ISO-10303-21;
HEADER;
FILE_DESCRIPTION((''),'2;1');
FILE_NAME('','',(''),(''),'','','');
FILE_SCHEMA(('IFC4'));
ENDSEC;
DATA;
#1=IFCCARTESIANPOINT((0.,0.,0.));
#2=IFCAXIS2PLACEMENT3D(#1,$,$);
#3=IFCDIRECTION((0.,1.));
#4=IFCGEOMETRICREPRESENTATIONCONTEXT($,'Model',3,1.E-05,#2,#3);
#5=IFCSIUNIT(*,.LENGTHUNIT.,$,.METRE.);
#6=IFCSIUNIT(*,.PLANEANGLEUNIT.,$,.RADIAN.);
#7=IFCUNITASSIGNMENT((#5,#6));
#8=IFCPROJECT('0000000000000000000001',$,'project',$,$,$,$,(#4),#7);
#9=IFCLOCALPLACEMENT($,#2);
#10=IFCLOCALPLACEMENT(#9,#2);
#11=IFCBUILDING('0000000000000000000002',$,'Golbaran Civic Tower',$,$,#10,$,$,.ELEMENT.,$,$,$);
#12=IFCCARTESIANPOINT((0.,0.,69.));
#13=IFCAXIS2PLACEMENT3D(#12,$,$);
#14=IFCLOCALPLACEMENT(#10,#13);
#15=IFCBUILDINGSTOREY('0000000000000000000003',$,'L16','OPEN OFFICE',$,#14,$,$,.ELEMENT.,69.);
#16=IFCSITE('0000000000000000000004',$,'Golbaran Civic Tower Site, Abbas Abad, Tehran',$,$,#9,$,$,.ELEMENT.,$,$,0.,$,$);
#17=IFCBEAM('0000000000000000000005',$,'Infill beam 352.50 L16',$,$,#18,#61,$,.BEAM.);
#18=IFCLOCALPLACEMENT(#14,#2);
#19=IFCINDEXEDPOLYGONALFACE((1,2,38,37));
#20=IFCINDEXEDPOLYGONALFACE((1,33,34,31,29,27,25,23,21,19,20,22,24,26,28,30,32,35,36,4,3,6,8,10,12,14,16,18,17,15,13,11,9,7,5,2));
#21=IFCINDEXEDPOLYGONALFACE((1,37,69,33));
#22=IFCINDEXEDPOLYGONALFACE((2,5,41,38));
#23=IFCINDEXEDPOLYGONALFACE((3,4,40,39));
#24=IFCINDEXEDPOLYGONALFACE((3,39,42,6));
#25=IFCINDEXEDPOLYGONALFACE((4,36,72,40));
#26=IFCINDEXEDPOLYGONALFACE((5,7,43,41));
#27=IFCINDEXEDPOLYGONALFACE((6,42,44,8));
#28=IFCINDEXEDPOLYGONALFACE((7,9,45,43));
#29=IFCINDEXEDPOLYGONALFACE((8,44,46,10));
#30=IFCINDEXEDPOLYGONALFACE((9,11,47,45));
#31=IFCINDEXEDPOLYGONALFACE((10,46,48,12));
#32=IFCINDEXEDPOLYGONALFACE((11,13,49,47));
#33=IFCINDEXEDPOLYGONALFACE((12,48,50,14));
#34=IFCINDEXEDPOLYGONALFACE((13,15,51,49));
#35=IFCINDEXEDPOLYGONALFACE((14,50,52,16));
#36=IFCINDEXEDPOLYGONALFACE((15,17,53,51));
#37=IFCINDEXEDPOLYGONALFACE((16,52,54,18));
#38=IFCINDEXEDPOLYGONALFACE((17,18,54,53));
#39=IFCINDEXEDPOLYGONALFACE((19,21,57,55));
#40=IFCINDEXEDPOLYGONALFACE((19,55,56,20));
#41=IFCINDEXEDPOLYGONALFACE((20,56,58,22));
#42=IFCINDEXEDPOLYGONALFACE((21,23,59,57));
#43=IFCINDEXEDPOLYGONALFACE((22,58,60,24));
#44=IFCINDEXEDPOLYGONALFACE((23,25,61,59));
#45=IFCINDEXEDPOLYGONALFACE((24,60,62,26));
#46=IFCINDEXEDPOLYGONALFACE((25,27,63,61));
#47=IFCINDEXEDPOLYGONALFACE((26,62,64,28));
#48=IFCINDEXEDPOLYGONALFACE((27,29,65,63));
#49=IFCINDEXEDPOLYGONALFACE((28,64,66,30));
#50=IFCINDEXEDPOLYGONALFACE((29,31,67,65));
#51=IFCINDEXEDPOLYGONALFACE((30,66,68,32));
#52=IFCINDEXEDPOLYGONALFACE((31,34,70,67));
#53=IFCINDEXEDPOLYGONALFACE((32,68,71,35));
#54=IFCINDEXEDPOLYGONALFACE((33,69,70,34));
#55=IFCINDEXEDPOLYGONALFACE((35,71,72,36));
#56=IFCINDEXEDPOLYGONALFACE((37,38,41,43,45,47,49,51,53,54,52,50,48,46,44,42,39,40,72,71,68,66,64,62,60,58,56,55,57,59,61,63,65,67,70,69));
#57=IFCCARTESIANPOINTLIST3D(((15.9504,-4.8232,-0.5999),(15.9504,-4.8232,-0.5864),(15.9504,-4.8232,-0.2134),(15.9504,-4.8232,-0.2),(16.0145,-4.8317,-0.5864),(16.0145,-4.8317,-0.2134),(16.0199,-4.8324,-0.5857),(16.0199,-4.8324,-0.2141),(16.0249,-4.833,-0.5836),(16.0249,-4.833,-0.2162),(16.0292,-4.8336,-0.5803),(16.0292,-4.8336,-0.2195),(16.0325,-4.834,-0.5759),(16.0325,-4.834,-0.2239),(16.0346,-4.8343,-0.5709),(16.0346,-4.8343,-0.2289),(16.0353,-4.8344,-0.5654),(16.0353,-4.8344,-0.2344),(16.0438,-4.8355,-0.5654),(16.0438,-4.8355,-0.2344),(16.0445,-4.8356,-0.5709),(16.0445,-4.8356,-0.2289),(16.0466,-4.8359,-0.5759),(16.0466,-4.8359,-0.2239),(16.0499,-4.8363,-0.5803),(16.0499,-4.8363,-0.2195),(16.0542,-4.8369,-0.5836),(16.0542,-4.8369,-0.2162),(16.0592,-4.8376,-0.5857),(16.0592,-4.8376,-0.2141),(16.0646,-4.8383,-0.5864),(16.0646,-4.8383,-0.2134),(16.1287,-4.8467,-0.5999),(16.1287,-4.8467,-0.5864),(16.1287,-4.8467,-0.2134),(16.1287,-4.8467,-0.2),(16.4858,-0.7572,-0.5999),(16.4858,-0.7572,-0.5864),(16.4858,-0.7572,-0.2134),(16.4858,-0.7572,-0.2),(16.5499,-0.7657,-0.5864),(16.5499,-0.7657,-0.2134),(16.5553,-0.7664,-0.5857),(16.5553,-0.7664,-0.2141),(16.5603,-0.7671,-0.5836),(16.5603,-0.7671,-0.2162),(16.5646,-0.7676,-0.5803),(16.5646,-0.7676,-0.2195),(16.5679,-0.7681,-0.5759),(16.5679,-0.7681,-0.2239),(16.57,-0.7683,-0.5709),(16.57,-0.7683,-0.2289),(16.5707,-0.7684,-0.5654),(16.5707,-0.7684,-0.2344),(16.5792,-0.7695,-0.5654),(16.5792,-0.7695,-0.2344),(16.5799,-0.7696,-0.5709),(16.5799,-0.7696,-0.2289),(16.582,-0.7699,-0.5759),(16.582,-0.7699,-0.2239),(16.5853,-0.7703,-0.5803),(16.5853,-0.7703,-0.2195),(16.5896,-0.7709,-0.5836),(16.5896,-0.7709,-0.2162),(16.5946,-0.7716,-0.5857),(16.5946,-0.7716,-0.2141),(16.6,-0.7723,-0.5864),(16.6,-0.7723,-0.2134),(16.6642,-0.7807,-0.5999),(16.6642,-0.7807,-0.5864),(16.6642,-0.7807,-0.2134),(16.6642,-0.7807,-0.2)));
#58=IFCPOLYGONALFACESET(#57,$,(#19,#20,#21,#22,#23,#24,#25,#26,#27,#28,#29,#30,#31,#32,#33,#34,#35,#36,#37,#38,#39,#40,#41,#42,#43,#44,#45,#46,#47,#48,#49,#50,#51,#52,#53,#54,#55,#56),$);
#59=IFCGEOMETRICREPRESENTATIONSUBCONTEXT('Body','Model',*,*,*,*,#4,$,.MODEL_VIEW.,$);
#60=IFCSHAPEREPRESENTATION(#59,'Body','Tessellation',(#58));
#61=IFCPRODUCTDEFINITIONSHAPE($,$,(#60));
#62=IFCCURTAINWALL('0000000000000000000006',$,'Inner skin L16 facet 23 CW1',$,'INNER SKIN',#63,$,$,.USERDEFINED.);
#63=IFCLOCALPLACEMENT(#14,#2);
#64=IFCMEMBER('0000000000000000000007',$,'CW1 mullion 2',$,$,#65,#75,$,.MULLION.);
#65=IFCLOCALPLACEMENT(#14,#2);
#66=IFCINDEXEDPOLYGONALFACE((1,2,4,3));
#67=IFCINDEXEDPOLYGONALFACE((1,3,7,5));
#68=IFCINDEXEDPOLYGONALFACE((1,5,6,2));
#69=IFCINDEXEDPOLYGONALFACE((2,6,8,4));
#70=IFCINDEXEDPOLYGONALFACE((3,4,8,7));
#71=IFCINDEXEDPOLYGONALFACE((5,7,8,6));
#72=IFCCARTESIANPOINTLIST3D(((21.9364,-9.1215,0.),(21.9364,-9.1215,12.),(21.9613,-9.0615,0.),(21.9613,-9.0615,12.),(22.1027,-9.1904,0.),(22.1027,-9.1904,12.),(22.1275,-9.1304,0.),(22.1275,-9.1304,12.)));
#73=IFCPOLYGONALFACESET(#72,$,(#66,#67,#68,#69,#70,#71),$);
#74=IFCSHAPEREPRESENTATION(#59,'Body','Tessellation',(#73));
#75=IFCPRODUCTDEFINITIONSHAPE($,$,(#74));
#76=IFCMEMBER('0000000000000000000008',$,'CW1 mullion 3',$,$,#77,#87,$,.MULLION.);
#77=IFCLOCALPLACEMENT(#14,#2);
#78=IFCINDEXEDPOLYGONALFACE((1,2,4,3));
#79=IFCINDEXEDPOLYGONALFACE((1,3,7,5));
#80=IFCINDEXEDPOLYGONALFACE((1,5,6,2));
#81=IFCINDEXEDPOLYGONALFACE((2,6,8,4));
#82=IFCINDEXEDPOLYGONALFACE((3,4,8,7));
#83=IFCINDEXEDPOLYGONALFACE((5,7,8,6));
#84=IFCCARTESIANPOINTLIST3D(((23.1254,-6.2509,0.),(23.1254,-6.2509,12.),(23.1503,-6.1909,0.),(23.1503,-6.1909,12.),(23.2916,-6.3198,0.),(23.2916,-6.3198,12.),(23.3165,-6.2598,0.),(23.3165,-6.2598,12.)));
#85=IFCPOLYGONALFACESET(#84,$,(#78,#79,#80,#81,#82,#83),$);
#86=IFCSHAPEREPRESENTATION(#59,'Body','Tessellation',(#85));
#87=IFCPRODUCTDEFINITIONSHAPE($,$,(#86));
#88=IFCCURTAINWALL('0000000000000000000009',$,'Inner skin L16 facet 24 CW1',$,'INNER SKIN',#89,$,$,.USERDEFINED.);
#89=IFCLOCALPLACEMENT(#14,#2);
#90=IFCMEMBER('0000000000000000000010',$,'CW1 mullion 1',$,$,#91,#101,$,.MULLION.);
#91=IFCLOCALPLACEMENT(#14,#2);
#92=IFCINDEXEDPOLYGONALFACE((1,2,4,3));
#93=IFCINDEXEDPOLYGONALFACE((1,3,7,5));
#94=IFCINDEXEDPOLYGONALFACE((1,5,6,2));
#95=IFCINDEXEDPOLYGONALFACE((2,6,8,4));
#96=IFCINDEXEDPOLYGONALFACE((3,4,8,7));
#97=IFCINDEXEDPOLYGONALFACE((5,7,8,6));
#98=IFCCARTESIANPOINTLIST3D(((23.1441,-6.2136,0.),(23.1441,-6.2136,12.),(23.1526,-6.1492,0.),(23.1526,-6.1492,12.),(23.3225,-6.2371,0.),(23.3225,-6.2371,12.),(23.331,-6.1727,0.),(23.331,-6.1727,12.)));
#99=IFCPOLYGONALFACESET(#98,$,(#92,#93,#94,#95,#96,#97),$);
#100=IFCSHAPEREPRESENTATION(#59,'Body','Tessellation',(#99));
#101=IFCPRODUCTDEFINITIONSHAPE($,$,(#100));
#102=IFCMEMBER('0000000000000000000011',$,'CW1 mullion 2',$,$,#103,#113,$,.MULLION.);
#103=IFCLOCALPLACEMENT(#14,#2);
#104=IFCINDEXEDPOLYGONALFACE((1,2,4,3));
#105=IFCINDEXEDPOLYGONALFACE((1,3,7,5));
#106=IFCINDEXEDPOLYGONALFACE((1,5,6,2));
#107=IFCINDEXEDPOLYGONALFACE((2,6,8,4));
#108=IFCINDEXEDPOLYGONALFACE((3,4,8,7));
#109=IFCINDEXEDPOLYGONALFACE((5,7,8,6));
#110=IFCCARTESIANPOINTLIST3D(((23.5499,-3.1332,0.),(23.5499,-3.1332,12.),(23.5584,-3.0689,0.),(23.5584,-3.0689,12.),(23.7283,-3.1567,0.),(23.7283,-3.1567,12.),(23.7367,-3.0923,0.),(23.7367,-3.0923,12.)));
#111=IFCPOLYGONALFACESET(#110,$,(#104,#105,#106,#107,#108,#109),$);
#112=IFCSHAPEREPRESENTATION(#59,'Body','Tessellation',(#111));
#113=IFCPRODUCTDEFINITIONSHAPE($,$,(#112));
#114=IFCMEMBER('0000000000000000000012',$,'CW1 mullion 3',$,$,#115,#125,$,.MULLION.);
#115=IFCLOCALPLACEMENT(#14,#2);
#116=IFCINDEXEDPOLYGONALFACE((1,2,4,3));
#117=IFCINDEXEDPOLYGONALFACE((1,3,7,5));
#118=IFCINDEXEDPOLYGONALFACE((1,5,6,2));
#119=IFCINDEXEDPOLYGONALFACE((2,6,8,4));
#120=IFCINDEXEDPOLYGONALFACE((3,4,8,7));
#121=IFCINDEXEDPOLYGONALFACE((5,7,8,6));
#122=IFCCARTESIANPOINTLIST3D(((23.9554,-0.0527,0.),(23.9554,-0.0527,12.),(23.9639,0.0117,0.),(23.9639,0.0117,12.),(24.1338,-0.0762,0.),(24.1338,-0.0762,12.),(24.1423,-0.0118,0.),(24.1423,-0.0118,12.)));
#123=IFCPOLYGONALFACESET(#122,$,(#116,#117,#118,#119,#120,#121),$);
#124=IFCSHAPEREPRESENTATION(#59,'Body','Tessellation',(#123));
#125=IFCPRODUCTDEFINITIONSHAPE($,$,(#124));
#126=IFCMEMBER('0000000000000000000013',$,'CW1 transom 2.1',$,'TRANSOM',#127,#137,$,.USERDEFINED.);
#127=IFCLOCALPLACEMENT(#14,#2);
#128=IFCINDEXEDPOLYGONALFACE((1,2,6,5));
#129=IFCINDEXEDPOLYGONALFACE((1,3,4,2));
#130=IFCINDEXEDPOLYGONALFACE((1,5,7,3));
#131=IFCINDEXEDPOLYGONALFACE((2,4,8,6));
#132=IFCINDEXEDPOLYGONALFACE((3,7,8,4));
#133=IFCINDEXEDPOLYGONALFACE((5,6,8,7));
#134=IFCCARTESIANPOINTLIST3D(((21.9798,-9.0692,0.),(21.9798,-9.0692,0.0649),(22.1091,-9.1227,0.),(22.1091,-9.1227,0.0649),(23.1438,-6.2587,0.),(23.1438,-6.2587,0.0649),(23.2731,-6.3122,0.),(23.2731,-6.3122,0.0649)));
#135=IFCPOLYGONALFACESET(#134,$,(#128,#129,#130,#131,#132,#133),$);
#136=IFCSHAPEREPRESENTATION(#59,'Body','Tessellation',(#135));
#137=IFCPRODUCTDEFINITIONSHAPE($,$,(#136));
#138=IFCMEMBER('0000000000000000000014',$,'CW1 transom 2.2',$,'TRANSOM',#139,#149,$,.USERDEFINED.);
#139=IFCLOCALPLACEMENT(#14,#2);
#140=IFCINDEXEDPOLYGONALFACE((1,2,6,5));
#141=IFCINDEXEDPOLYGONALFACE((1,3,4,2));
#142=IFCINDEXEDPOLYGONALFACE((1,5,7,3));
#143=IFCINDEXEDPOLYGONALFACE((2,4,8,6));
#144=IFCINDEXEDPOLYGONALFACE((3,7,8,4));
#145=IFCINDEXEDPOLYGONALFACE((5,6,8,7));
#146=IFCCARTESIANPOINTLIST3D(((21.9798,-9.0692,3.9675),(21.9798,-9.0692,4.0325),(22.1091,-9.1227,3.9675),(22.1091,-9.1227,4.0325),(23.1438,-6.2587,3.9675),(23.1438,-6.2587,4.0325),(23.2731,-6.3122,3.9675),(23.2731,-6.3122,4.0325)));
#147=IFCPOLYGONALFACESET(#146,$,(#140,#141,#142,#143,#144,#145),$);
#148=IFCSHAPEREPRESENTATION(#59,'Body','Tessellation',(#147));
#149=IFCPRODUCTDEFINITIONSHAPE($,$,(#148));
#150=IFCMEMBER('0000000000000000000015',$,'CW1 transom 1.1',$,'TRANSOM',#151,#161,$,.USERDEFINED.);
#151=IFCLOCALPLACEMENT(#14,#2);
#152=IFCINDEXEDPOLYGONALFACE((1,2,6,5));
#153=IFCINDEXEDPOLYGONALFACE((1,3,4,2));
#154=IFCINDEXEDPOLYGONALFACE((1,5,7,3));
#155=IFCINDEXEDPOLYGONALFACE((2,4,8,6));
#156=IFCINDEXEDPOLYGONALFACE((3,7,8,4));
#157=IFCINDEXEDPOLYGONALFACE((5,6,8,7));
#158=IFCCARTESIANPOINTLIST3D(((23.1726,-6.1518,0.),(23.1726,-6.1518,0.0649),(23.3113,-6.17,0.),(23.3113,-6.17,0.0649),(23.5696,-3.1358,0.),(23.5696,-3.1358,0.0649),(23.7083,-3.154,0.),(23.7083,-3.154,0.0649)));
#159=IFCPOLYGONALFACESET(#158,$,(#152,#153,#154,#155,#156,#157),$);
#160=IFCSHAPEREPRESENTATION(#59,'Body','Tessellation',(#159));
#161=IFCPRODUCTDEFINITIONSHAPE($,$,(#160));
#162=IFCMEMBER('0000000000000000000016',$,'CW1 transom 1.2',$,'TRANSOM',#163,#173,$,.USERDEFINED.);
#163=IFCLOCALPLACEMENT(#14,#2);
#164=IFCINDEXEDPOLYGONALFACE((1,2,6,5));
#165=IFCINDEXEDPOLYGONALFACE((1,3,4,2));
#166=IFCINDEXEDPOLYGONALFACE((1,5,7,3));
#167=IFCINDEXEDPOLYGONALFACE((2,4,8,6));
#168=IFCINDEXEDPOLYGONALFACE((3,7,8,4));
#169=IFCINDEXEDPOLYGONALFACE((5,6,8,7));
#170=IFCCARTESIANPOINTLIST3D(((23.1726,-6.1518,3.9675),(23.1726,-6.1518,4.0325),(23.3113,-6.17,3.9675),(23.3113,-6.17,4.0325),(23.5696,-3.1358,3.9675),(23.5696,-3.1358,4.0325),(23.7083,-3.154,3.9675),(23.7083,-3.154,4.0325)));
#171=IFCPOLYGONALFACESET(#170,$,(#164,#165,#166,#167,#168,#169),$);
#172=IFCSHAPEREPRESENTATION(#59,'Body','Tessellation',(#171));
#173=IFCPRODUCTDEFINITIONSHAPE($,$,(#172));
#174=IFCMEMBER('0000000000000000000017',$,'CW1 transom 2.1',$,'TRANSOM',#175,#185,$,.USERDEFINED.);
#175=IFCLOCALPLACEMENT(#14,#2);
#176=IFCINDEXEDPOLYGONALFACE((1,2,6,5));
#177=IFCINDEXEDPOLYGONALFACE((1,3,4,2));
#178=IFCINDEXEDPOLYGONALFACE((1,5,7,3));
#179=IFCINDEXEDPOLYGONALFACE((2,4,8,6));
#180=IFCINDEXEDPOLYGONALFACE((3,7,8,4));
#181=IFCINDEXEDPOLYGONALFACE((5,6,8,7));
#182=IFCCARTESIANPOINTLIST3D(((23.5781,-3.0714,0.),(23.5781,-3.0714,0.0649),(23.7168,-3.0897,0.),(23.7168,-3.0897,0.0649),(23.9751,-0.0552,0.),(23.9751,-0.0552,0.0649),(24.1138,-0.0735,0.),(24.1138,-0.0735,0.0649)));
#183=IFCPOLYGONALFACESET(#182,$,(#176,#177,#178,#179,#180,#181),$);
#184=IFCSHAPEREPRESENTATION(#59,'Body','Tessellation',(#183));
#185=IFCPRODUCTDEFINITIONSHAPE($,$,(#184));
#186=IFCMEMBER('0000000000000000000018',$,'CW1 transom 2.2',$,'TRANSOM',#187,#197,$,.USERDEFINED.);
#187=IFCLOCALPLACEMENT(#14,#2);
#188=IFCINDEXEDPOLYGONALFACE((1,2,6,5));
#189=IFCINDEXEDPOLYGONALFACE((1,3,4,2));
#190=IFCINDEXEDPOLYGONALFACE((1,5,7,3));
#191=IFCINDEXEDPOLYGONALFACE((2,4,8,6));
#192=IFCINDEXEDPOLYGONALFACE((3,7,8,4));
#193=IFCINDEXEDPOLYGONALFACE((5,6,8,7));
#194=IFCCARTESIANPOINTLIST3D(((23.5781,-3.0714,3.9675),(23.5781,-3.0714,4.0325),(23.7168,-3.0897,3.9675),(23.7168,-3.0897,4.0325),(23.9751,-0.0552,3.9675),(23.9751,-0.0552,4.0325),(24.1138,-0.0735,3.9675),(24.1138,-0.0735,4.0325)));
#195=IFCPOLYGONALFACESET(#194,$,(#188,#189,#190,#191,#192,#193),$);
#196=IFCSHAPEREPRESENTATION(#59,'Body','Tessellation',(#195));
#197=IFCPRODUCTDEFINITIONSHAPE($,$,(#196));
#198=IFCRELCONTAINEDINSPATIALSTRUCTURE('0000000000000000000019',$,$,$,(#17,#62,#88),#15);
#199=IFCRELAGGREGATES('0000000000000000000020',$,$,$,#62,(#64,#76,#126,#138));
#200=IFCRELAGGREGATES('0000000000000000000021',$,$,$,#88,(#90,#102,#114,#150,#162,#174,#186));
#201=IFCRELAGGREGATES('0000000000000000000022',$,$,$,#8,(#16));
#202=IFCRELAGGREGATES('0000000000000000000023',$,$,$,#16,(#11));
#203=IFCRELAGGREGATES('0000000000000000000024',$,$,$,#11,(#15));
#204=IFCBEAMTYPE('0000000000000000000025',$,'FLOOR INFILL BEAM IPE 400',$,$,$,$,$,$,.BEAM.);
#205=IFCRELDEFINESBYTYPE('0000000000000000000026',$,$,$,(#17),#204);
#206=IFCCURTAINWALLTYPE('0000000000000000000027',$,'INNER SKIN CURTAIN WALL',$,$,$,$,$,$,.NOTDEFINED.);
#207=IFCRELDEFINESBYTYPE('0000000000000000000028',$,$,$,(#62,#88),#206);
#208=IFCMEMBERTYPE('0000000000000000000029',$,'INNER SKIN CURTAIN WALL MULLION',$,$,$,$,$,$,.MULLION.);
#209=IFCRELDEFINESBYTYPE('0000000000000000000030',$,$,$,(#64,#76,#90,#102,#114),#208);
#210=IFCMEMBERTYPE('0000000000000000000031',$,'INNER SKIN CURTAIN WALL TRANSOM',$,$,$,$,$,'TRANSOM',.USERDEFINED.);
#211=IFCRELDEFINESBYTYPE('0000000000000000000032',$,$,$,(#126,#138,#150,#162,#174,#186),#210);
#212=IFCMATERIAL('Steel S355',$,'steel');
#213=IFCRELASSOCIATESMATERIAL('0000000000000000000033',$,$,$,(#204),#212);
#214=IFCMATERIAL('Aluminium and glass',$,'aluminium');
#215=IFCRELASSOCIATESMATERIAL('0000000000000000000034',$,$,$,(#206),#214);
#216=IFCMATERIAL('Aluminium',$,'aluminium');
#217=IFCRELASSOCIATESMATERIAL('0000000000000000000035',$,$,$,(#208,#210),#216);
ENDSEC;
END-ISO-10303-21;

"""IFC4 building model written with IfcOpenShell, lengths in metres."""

from ifc_helpers import new_model, si_unit, direction, frame, origin, origin_2d, place, context, subcontext, project, spatial, rectangle, i_section, extrude, material, material_profile, profile_set, type_object, element, aggregate, save


model = new_model("IFC4")

# Units and contexts
model_context = context("Model", 3, precision=1e-05, world=origin(), true_north=direction((0.0, 1.0)))
body_context = subcontext(model_context, "Body", "Model", "MODEL_VIEW")
ifc_project = project(units=[si_unit("LENGTHUNIT", "METRE"), si_unit("PLANEANGLEUNIT", "RADIAN")], contexts=[model_context])

# Site, building, storey
site_placement = place(None, origin())
site = spatial("IfcSite", under=ifc_project, at=site_placement, Name="Golbaran Civic Tower Site, Abbas Abad, Tehran", CompositionType="ELEMENT", RefElevation=0.0)
building_placement = place(site_placement, origin())
building = spatial("IfcBuilding", under=site, at=building_placement, Name="Golbaran Civic Tower", CompositionType="ELEMENT")
storey_placement = place(building_placement, frame((0.0, 0.0, 69.0)))
storey = spatial("IfcBuildingStorey", under=building, at=storey_placement, Name="L16", Description="OPEN OFFICE", CompositionType="ELEMENT", Elevation=69.0)

# Shared definitions
ifc_material_1 = material(Name="Steel S355", Category="steel")

# Beam
ifc_material_profile_1 = material_profile(ifc_material_1, i_section(OverallWidth=0.1799, OverallDepth=0.3999, WebThickness=0.0085, FlangeThickness=0.0134, FilletRadius=0.021, at=origin_2d()), Name="IPE 400")
ifc_profile_set_1 = profile_set([ifc_material_profile_1], Name="Steel S355")
beam_type_1 = type_object("IfcBeamType", Name="FLOOR INFILL BEAM IPE 400", PredefinedType="BEAM", material=ifc_profile_set_1)
beam_1_placement = place(storey_placement, frame((16.0396, -4.835, -0.3999), z_axis=(0.130553, 0.991441, 0.0), x_axis=(-0.991441, 0.130553, 0.0)))
element("IfcBeam", 1, at=beam_1_placement, inside=storey, type_object=beam_type_1, Name="Infill beam 352.50 L16", PredefinedType="BEAM", context=body_context, shape_type="SweptSolid", body=[
    extrude(i_section(OverallWidth=0.1799, OverallDepth=0.3999, WebThickness=0.0085, FlangeThickness=0.0134, FilletRadius=0.021, at=origin_2d()), origin(), (0.0, 0.0, 1.0), 4.1011),
])

# Curtain walls, members
ifc_material_2 = material(Name="Aluminium and glass", Category="aluminium")
curtain_wall_type_1 = type_object("IfcCurtainWallType", Name="INNER SKIN CURTAIN WALL", PredefinedType="NOTDEFINED", material=ifc_material_2)
curtain_wall_1_placement = place(storey_placement, origin())
curtain_wall_1 = element("IfcCurtainWall", 2, at=curtain_wall_1_placement, inside=storey, type_object=curtain_wall_type_1, Name="Inner skin L16 facet 23 CW1", ObjectType="INNER SKIN", PredefinedType="USERDEFINED")
ifc_material_3 = material(Name="Aluminium", Category="aluminium")
ifc_material_profile_2 = material_profile(ifc_material_3, rectangle(XDim=0.1799, YDim=0.0649, at=origin_2d()), Name="INNER SKIN CURTAIN WALL MULLION")
ifc_profile_set_2 = profile_set([ifc_material_profile_2], Name="Aluminium")
member_type_1 = type_object("IfcMemberType", Name="INNER SKIN CURTAIN WALL MULLION", PredefinedType="MULLION", material=ifc_profile_set_2)
member_1_placement = place(storey_placement, frame((22.032, -9.126, 0.0), z_axis=(0.0, 0.0, 1.0), x_axis=(-0.92388, 0.382683, 0.0)))
member_1 = element("IfcMember", 3, at=member_1_placement, type_object=member_type_1, Name="CW1 mullion 2", PredefinedType="MULLION", context=body_context, shape_type="SweptSolid", body=[
    extrude(rectangle(XDim=0.1799, YDim=0.0649, at=origin_2d()), origin(), (0.0, 0.0, 1.0), 12.0),
])
member_2_placement = place(storey_placement, frame((23.2209, -6.2554, 0.0), z_axis=(0.0, 0.0, 1.0), x_axis=(-0.92388, 0.382683, 0.0)))
member_2 = element("IfcMember", 4, at=member_2_placement, type_object=member_type_1, Name="CW1 mullion 3", PredefinedType="MULLION", context=body_context, shape_type="SweptSolid", body=[
    extrude(rectangle(XDim=0.1799, YDim=0.0649, at=origin_2d()), origin(), (0.0, 0.0, 1.0), 12.0),
])
curtain_wall_2_placement = place(storey_placement, origin())
curtain_wall_2 = element("IfcCurtainWall", 5, at=curtain_wall_2_placement, inside=storey, type_object=curtain_wall_type_1, Name="Inner skin L16 facet 24 CW1", ObjectType="INNER SKIN", PredefinedType="USERDEFINED")
member_3_placement = place(storey_placement, frame((23.2375, -6.1931, 0.0), z_axis=(0.0, 0.0, 1.0), x_axis=(-0.991445, 0.130526, 0.0)))
member_3 = element("IfcMember", 6, at=member_3_placement, type_object=member_type_1, Name="CW1 mullion 1", PredefinedType="MULLION", context=body_context, shape_type="SweptSolid", body=[
    extrude(rectangle(XDim=0.1799, YDim=0.0649, at=origin_2d()), origin(), (0.0, 0.0, 1.0), 12.0),
])
member_4_placement = place(storey_placement, frame((23.6433, -3.1128, 0.0), z_axis=(0.0, 0.0, 1.0), x_axis=(-0.991445, 0.130526, 0.0)))
member_4 = element("IfcMember", 7, at=member_4_placement, type_object=member_type_1, Name="CW1 mullion 2", PredefinedType="MULLION", context=body_context, shape_type="SweptSolid", body=[
    extrude(rectangle(XDim=0.1799, YDim=0.0649, at=origin_2d()), origin(), (0.0, 0.0, 1.0), 12.0),
])
member_5_placement = place(storey_placement, frame((24.0488, -0.0322, 0.0), z_axis=(0.0, 0.0, 1.0), x_axis=(-0.991445, 0.130526, 0.0)))
member_5 = element("IfcMember", 8, at=member_5_placement, type_object=member_type_1, Name="CW1 mullion 3", PredefinedType="MULLION", context=body_context, shape_type="SweptSolid", body=[
    extrude(rectangle(XDim=0.1799, YDim=0.0649, at=origin_2d()), origin(), (0.0, 0.0, 1.0), 12.0),
])

# Members
ifc_material_profile_3 = material_profile(ifc_material_3, rectangle(XDim=0.1399, YDim=0.0649, at=origin_2d()), Name="INNER SKIN CURTAIN WALL TRANSOM")
ifc_profile_set_3 = profile_set([ifc_material_profile_3], Name="Aluminium")
member_type_2 = type_object("IfcMemberType", Name="INNER SKIN CURTAIN WALL TRANSOM", ElementType="TRANSOM", PredefinedType="USERDEFINED", material=ifc_profile_set_3)
member_6_placement = place(storey_placement, frame((22.0444, -9.0959, 0.0325), z_axis=(0.382654, 0.923892, 0.0), x_axis=(-0.923892, 0.382654, 0.0)))
member_6 = element("IfcMember", 9, at=member_6_placement, type_object=member_type_2, Name="CW1 transom 2.1", ObjectType="TRANSOM", PredefinedType="USERDEFINED", context=body_context, shape_type="SweptSolid", body=[
    extrude(rectangle(XDim=0.1399, YDim=0.0649, at=origin_2d()), origin(), (0.0, 0.0, 1.0), 3.042),
])
member_7_placement = place(storey_placement, frame((22.0444, -9.0959, 4.0), z_axis=(0.382654, 0.923892, 0.0), x_axis=(-0.923892, 0.382654, 0.0)))
member_7 = element("IfcMember", 10, at=member_7_placement, type_object=member_type_2, Name="CW1 transom 2.2", ObjectType="TRANSOM", PredefinedType="USERDEFINED", context=body_context, shape_type="SweptSolid", body=[
    extrude(rectangle(XDim=0.1399, YDim=0.0649, at=origin_2d()), origin(), (0.0, 0.0, 1.0), 3.042),
])
member_8_placement = place(storey_placement, frame((23.2419, -6.1609, 0.0325), z_axis=(0.130502, 0.991448, 0.0), x_axis=(-0.991448, 0.130502, 0.0)))
member_8 = element("IfcMember", 11, at=member_8_placement, type_object=member_type_2, Name="CW1 transom 1.1", ObjectType="TRANSOM", PredefinedType="USERDEFINED", context=body_context, shape_type="SweptSolid", body=[
    extrude(rectangle(XDim=0.1399, YDim=0.0649, at=origin_2d()), origin(), (0.0, 0.0, 1.0), 3.042),
])
member_9_placement = place(storey_placement, frame((23.2419, -6.1609, 4.0), z_axis=(0.130502, 0.991448, 0.0), x_axis=(-0.991448, 0.130502, 0.0)))
member_9 = element("IfcMember", 12, at=member_9_placement, type_object=member_type_2, Name="CW1 transom 1.2", ObjectType="TRANSOM", PredefinedType="USERDEFINED", context=body_context, shape_type="SweptSolid", body=[
    extrude(rectangle(XDim=0.1399, YDim=0.0649, at=origin_2d()), origin(), (0.0, 0.0, 1.0), 3.042),
])
member_10_placement = place(storey_placement, frame((23.6475, -3.0806, 0.0325), z_axis=(0.130492, 0.991449, 0.0), x_axis=(-0.991449, 0.130492, 0.0)))
member_10 = element("IfcMember", 13, at=member_10_placement, type_object=member_type_2, Name="CW1 transom 2.1", ObjectType="TRANSOM", PredefinedType="USERDEFINED", context=body_context, shape_type="SweptSolid", body=[
    extrude(rectangle(XDim=0.1399, YDim=0.0649, at=origin_2d()), origin(), (0.0, 0.0, 1.0), 3.0422),
])
member_11_placement = place(storey_placement, frame((23.6475, -3.0806, 4.0), z_axis=(0.130492, 0.991449, 0.0), x_axis=(-0.991449, 0.130492, 0.0)))
member_11 = element("IfcMember", 14, at=member_11_placement, type_object=member_type_2, Name="CW1 transom 2.2", ObjectType="TRANSOM", PredefinedType="USERDEFINED", context=body_context, shape_type="SweptSolid", body=[
    extrude(rectangle(XDim=0.1399, YDim=0.0649, at=origin_2d()), origin(), (0.0, 0.0, 1.0), 3.0422),
])

aggregate(curtain_wall_1, [member_1, member_2, member_6, member_7])
aggregate(curtain_wall_2, [member_3, member_4, member_5, member_8, member_9, member_10, member_11])

save(model, "model.ifc")
